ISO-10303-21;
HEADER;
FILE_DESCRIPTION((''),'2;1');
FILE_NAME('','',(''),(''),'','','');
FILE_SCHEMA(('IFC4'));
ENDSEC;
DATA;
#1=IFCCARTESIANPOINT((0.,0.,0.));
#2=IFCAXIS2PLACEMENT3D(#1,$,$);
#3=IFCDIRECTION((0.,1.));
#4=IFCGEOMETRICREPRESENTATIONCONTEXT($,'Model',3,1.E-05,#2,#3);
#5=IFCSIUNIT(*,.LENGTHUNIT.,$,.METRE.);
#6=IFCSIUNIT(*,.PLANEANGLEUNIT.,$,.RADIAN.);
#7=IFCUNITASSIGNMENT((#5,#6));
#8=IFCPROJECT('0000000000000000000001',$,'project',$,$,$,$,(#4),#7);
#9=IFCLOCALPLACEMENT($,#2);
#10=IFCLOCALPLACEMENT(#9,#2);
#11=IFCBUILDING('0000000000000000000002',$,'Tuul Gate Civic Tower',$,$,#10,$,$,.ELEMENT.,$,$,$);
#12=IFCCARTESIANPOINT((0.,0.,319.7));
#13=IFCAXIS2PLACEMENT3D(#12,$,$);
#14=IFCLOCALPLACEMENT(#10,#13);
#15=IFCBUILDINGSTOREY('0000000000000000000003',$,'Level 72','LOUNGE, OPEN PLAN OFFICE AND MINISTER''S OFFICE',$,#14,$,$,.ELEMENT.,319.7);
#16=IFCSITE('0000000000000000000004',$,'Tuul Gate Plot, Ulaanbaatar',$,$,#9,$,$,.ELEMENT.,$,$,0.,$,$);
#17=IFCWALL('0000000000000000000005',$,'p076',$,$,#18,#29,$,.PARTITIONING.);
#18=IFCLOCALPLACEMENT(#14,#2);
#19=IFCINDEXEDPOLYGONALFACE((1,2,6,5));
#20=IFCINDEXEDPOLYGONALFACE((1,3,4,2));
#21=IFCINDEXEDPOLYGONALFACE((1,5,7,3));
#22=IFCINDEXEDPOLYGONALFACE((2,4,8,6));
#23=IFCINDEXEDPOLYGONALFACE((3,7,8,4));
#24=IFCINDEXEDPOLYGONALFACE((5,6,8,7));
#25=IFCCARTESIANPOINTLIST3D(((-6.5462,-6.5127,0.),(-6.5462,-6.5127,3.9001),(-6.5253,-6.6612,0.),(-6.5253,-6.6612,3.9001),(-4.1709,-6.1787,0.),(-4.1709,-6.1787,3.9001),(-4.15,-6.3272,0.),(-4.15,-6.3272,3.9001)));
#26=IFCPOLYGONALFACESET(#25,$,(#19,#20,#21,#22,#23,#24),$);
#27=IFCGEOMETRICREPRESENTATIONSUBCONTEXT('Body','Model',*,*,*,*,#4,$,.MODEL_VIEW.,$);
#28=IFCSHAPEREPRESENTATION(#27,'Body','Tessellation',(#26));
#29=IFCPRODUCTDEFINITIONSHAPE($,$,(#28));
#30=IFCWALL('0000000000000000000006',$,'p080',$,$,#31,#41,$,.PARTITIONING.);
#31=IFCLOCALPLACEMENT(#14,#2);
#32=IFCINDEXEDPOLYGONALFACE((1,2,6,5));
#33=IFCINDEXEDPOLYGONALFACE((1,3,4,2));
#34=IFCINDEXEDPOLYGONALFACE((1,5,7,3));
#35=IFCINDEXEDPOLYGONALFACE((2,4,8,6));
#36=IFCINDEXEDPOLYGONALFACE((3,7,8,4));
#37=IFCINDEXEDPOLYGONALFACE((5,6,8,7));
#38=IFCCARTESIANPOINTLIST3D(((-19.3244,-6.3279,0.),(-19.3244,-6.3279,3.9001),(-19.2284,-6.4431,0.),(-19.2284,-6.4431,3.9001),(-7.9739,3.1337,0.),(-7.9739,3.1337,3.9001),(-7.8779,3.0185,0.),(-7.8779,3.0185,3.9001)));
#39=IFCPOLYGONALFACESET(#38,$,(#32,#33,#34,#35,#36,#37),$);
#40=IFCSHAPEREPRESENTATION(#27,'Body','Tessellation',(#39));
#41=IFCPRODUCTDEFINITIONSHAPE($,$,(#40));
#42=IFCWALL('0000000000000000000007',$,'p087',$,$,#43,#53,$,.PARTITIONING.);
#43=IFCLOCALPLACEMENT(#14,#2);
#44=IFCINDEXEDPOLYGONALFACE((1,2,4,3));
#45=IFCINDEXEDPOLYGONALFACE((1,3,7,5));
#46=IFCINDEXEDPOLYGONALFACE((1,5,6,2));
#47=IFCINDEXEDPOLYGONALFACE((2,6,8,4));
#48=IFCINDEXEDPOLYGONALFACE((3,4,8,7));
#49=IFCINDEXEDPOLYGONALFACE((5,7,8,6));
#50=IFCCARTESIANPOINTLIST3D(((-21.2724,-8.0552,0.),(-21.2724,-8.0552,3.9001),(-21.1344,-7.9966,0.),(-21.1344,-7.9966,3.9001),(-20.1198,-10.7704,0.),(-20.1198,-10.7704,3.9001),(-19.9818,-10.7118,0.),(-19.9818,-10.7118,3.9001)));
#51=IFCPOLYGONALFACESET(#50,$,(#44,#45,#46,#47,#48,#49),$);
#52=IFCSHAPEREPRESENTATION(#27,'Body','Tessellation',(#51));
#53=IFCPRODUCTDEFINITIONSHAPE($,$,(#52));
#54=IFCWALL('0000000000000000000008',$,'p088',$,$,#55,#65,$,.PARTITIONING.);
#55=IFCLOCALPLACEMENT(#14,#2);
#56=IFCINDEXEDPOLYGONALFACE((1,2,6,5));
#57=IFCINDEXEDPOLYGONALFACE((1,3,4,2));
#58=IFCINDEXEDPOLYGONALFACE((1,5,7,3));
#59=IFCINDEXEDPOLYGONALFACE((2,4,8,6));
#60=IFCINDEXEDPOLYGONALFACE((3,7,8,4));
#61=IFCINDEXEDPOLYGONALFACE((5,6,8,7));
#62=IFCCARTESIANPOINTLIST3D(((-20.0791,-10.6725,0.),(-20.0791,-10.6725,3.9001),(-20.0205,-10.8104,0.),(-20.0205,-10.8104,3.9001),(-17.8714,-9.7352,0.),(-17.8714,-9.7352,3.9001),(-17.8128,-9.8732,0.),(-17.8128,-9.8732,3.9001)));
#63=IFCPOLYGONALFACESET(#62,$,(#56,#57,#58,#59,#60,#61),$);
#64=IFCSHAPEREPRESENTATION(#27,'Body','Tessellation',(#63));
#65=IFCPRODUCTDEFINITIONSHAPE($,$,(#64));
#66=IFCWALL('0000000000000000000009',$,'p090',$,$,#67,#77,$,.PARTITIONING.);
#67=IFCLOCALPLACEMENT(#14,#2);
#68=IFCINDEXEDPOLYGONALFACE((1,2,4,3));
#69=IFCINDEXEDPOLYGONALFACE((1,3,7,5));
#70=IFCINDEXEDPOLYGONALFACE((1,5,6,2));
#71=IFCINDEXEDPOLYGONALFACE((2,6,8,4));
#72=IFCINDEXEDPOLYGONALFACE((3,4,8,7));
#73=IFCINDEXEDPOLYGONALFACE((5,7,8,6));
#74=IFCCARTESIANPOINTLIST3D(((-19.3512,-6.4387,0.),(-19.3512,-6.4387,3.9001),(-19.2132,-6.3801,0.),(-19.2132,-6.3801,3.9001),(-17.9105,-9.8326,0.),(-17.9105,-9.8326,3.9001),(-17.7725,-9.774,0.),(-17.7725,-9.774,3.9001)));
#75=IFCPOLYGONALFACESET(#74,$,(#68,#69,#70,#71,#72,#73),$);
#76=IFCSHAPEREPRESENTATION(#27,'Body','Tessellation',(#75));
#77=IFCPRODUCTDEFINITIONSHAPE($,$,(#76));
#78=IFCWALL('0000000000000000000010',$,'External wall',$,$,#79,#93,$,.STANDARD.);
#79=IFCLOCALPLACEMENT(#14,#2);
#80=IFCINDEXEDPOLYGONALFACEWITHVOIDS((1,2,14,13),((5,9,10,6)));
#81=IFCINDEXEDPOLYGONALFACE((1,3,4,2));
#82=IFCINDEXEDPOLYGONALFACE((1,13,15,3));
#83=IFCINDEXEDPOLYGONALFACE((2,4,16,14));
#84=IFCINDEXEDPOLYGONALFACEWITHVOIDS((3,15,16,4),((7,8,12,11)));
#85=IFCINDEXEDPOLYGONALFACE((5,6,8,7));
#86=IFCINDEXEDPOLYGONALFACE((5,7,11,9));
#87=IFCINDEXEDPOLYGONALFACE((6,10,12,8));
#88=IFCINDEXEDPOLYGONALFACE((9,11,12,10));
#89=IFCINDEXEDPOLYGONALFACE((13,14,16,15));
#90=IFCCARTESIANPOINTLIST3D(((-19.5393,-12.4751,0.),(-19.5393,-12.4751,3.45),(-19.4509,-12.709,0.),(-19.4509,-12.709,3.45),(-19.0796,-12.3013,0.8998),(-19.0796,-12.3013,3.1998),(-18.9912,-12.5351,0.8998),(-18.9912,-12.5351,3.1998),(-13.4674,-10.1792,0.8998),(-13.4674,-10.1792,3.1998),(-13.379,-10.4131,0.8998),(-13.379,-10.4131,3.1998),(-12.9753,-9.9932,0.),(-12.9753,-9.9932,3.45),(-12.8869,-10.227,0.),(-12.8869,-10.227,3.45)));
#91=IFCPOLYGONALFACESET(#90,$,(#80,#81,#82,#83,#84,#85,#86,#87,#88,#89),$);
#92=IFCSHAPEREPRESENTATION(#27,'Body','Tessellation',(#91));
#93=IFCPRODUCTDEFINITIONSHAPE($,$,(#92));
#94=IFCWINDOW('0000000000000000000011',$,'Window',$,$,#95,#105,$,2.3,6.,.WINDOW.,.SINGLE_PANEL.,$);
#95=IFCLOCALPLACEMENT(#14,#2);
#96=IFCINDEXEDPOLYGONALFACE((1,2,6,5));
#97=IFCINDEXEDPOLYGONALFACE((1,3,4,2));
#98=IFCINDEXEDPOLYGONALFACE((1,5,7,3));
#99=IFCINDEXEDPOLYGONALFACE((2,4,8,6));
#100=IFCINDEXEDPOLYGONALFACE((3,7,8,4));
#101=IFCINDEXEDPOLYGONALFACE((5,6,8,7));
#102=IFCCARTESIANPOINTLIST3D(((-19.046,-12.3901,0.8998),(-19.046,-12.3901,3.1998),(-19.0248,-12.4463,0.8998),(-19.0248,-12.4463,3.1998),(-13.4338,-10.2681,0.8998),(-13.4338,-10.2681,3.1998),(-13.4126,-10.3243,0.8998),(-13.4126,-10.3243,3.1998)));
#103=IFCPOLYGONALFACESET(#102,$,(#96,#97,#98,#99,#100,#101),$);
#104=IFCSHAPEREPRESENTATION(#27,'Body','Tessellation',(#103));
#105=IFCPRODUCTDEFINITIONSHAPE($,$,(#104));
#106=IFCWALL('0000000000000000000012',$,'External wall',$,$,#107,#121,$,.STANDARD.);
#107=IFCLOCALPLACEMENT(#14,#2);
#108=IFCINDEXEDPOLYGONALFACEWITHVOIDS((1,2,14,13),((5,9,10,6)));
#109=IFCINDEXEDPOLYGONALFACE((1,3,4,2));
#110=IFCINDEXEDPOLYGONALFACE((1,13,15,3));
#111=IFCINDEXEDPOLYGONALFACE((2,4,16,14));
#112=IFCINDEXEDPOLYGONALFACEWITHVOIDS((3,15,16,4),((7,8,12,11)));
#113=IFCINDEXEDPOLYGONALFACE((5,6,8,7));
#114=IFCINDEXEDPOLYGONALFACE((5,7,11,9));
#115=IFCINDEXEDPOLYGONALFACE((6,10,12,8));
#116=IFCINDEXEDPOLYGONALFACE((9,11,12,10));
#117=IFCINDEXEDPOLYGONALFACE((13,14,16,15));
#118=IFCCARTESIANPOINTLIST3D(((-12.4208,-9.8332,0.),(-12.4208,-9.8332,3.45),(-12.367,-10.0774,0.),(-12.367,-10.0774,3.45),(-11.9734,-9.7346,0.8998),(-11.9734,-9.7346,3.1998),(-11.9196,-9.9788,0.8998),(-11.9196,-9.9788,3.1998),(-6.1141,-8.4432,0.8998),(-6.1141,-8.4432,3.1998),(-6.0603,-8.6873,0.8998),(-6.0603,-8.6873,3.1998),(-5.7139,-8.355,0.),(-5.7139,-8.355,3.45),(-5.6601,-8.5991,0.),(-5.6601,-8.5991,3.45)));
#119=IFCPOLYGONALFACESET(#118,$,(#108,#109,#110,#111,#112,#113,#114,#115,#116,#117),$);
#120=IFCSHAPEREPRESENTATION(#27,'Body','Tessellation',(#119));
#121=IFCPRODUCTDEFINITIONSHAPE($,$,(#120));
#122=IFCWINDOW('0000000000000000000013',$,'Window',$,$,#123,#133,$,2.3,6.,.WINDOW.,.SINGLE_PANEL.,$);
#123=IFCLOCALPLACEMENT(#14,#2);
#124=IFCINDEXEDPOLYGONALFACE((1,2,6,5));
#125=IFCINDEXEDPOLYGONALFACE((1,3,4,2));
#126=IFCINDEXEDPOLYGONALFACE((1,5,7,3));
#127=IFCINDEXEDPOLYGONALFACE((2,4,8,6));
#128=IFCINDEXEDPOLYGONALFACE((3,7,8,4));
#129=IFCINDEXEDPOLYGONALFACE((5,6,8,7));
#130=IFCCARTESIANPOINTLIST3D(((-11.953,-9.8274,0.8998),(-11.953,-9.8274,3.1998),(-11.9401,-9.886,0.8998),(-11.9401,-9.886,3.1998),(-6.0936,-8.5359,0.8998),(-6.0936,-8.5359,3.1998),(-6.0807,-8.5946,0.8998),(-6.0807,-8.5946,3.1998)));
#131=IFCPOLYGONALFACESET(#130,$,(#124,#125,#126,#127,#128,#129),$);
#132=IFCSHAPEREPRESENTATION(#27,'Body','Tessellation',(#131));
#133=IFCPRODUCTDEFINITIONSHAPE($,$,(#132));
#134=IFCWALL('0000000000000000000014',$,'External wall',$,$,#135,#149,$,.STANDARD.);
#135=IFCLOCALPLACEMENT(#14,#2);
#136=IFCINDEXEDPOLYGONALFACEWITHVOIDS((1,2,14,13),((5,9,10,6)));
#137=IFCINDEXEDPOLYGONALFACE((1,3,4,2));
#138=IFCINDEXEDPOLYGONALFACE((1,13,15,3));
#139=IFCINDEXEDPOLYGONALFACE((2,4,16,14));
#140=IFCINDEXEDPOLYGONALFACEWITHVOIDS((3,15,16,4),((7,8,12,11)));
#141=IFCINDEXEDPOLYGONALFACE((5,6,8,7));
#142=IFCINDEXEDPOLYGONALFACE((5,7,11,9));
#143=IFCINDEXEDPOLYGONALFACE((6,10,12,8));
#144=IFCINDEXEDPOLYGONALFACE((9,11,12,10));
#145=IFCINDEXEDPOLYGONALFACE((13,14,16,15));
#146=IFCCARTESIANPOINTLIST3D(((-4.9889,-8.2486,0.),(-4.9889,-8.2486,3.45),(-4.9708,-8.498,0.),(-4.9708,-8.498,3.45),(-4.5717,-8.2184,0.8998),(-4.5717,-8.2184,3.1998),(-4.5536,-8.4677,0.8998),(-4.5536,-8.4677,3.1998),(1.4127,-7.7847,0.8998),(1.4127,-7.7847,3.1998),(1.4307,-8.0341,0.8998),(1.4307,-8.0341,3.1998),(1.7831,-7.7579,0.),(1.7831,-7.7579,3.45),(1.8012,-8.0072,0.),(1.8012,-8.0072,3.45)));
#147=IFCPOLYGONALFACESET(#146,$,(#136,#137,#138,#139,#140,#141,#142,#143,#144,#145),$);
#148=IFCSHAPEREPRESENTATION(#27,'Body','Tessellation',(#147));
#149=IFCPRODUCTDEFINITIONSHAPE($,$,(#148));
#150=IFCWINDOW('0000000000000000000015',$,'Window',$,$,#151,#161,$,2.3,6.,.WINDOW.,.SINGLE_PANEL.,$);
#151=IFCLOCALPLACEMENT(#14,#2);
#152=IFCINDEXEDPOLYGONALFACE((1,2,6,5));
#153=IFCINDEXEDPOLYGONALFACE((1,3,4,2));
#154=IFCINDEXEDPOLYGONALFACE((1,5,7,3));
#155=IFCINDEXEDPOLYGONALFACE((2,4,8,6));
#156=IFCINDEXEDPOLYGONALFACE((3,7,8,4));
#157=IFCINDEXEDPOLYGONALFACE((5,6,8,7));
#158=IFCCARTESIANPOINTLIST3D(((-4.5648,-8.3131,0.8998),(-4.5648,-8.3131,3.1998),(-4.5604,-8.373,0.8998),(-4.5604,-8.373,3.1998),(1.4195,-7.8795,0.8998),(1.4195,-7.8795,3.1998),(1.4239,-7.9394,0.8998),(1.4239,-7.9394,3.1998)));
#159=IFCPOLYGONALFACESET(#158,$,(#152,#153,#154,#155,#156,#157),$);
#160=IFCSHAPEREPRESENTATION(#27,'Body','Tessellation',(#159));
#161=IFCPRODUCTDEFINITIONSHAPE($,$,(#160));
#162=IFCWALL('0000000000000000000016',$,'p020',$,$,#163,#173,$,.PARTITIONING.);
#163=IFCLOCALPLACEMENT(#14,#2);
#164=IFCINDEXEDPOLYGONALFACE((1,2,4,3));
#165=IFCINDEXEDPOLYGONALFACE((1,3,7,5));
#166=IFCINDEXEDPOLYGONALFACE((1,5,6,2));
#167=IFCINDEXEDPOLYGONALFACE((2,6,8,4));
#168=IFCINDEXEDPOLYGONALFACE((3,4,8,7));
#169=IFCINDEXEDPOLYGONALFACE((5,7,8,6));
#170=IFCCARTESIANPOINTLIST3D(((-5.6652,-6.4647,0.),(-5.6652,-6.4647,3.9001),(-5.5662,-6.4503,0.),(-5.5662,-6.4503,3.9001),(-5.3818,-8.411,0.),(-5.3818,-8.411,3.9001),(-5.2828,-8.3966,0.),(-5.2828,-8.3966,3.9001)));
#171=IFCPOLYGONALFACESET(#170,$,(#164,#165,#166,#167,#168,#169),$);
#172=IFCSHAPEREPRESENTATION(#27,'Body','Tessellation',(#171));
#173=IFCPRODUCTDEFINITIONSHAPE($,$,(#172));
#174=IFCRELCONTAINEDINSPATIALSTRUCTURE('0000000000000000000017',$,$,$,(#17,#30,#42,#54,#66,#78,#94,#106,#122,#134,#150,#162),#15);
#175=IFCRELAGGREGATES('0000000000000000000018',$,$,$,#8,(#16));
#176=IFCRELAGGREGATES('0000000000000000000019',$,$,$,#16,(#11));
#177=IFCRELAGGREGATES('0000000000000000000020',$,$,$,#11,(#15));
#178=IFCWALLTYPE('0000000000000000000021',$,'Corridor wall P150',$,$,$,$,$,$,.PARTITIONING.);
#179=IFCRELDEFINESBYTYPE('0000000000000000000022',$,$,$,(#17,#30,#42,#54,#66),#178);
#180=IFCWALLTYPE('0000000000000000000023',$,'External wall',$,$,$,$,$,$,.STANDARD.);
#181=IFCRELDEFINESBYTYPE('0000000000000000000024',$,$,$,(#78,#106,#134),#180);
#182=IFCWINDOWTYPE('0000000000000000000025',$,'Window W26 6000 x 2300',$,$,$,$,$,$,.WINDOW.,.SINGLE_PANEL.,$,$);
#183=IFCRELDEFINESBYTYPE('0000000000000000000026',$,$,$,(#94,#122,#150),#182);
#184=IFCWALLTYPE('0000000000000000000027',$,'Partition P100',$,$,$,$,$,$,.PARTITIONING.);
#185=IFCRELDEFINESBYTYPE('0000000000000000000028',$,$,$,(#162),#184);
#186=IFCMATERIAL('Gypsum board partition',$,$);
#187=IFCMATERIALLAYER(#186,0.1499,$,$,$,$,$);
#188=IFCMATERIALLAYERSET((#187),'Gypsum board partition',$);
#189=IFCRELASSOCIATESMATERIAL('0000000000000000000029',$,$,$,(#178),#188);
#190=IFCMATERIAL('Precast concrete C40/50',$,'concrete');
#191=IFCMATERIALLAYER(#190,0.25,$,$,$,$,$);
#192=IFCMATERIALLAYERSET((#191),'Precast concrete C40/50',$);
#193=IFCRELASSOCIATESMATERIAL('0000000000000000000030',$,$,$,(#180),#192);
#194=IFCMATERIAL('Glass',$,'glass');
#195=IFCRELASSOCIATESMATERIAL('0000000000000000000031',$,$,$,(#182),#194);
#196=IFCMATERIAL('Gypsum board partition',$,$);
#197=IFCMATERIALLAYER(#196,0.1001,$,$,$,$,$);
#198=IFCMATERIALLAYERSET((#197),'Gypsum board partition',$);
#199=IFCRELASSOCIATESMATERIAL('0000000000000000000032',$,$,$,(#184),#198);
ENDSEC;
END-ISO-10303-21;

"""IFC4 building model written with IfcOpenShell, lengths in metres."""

from ifc_helpers import new_model, si_unit, direction, frame, frame_2d, origin, place, context, subcontext, project, spatial, rectangle, extrude, material, layer, layer_set, type_object, element, fill, save


model = new_model("IFC4")

# Units and contexts
model_context = context("Model", 3, precision=1e-05, world=origin(), true_north=direction((0.0, 1.0)))
body_context = subcontext(model_context, "Body", "Model", "MODEL_VIEW")
ifc_project = project(units=[si_unit("LENGTHUNIT", "METRE"), si_unit("PLANEANGLEUNIT", "RADIAN")], contexts=[model_context])

# Site, building, storey
site_placement = place(None, origin())
site = spatial("IfcSite", under=ifc_project, at=site_placement, Name="Tuul Gate Plot, Ulaanbaatar", CompositionType="ELEMENT", RefElevation=0.0)
building_placement = place(site_placement, origin())
building = spatial("IfcBuilding", under=site, at=building_placement, Name="Tuul Gate Civic Tower", CompositionType="ELEMENT")
storey_placement = place(building_placement, frame((0.0, 0.0, 319.7)))
storey = spatial("IfcBuildingStorey", under=building, at=storey_placement, Name="Level 72", Description="LOUNGE, OPEN PLAN OFFICE AND MINISTER'S OFFICE", CompositionType="ELEMENT", Elevation=319.7)

# Walls
ifc_material_1 = material(Name="Gypsum board partition")
ifc_layer_1 = layer(ifc_material_1, 0.1499)
ifc_layer_set_1 = layer_set([ifc_layer_1], Name="Gypsum board partition")
wall_type_1 = type_object("IfcWallType", Name="Corridor wall P150", PredefinedType="PARTITIONING", material=ifc_layer_set_1)
wall_1_placement = place(storey_placement, frame((-6.5356, -6.5869, 0.0), z_axis=(0.0, 0.0, 1.0), x_axis=(0.990259, 0.139241, 0.0)))
element("IfcWall", 1, at=wall_1_placement, inside=storey, type_object=wall_type_1, Name="p076", PredefinedType="PARTITIONING", context=body_context, shape_type="SweptSolid", body=[
    extrude(rectangle(XDim=2.3987, YDim=0.1499, at=frame_2d((1.1992, 0.0))), origin(), (0.0, 0.0, 1.0), 3.9001),
])
wall_2_placement = place(storey_placement, frame((-19.2764, -6.3855, 0.0), z_axis=(0.0, 0.0, 1.0), x_axis=(0.768126, 0.640298, 0.0)))
element("IfcWall", 2, at=wall_2_placement, inside=storey, type_object=wall_type_1, Name="p080", PredefinedType="PARTITIONING", context=body_context, shape_type="SweptSolid", body=[
    extrude(rectangle(XDim=14.7769, YDim=0.1499, at=frame_2d((7.3884, 0.0))), origin(), (0.0, 0.0, 1.0), 3.9001),
])
wall_3_placement = place(storey_placement, frame((-21.2034, -8.0259, 0.0), z_axis=(0.0, 0.0, 1.0), x_axis=(0.390731, -0.920505, 0.0)))
element("IfcWall", 3, at=wall_3_placement, inside=storey, type_object=wall_type_1, Name="p087", PredefinedType="PARTITIONING", context=body_context, shape_type="SweptSolid", body=[
    extrude(rectangle(XDim=2.9497, YDim=0.1499, at=frame_2d((1.4749, 0.0))), origin(), (0.0, 0.0, 1.0), 3.9001),
])
wall_4_placement = place(storey_placement, frame((-20.0498, -10.7415, 0.0), z_axis=(0.0, 0.0, 1.0), x_axis=(0.920487, 0.390772, 0.0)))
element("IfcWall", 4, at=wall_4_placement, inside=storey, type_object=wall_type_1, Name="p088", PredefinedType="PARTITIONING", context=body_context, shape_type="SweptSolid", body=[
    extrude(rectangle(XDim=2.3984, YDim=0.1499, at=frame_2d((1.1992, 0.0))), origin(), (0.0, 0.0, 1.0), 3.9001),
])
wall_5_placement = place(storey_placement, frame((-19.2822, -6.4094, 0.0), z_axis=(0.0, 0.0, 1.0), x_axis=(0.390752, -0.920496, 0.0)))
element("IfcWall", 5, at=wall_5_placement, inside=storey, type_object=wall_type_1, Name="p090", PredefinedType="PARTITIONING", context=body_context, shape_type="SweptSolid", body=[
    extrude(rectangle(XDim=3.687, YDim=0.1499, at=frame_2d((1.8435, 0.0))), origin(), (0.0, 0.0, 1.0), 3.9001),
])

# Walls, openings, windows
ifc_material_2 = material(Name="Precast concrete C40/50", Category="concrete")
ifc_layer_2 = layer(ifc_material_2, 0.25)
ifc_layer_set_2 = layer_set([ifc_layer_2], Name="Precast concrete C40/50")
wall_type_2 = type_object("IfcWallType", Name="External wall", PredefinedType="STANDARD", material=ifc_layer_set_2)
wall_6_placement = place(storey_placement, frame((-19.4951, -12.592, 0.0), z_axis=(0.0, 0.0, 1.0), x_axis=(0.935368, 0.353677, 0.0)))
wall_6 = element("IfcWall", 6, at=wall_6_placement, inside=storey, type_object=wall_type_2, Name="External wall", PredefinedType="STANDARD", context=body_context, shape_type="SweptSolid", body=[
    extrude(rectangle(XDim=7.0176, YDim=0.25, at=frame_2d((3.5088, 0.0))), origin(), (0.0, 0.0, 1.0), 3.45),
])
opening_1_placement = place(wall_6_placement, frame((0.4915, 0.0, 0.8999)))
opening_1 = element("IfcOpeningElement", 7, at=opening_1_placement, cuts=wall_6, PredefinedType="OPENING", context=body_context, shape_type="SweptSolid", body=[
    extrude(rectangle(XDim=6.0, YDim=2.3, at=frame_2d((3.0, 1.1499))), frame((0.0, 0.135, 0.0), z_axis=(0.0, -1.0, 0.0), x_axis=(1.0, 0.0, 0.0)), (0.0, 0.0, 1.0), 0.27),
])
ifc_material_3 = material(Name="Glass", Category="glass")
window_type = type_object("IfcWindowType", Name="Window W26 6000 x 2300", PartitioningType="SINGLE_PANEL", PredefinedType="WINDOW", material=ifc_material_3)
window_1_placement = place(opening_1_placement, origin())
window_1 = element("IfcWindow", 8, at=window_1_placement, inside=storey, type_object=window_type, Name="Window", OverallHeight=2.3, OverallWidth=6.0, PartitioningType="SINGLE_PANEL", PredefinedType="WINDOW", context=body_context, shape_type="SweptSolid", body=[
    extrude(rectangle(XDim=6.0, YDim=2.3, at=frame_2d((3.0, 1.1499))), frame((0.0, 0.03, 0.0), z_axis=(0.0, -1.0, 0.0), x_axis=(1.0, 0.0, 0.0)), (0.0, 0.0, 1.0), 0.0601),
])
fill(opening_1, window_1)
wall_7_placement = place(storey_placement, frame((-12.394, -9.9553, 0.0), z_axis=(0.0, 0.0, 1.0), x_axis=(0.976561, 0.21524, 0.0)))
wall_7 = element("IfcWall", 9, at=wall_7_placement, inside=storey, type_object=wall_type_2, Name="External wall", PredefinedType="STANDARD", context=body_context, shape_type="SweptSolid", body=[
    extrude(rectangle(XDim=6.8679, YDim=0.25, at=frame_2d((3.4341, 0.0))), origin(), (0.0, 0.0, 1.0), 3.45),
])
opening_2_placement = place(wall_7_placement, frame((0.4583, 0.0, 0.8999)))
opening_2 = element("IfcOpeningElement", 10, at=opening_2_placement, cuts=wall_7, PredefinedType="OPENING", context=body_context, shape_type="SweptSolid", body=[
    extrude(rectangle(XDim=6.0, YDim=2.3, at=frame_2d((3.0, 1.1499))), frame((0.0, 0.135, 0.0), z_axis=(0.0, -1.0, 0.0), x_axis=(1.0, 0.0, 0.0)), (0.0, 0.0, 1.0), 0.27),
])
window_2_placement = place(opening_2_placement, origin())
window_2 = element("IfcWindow", 11, at=window_2_placement, inside=storey, type_object=window_type, Name="Window", OverallHeight=2.3, OverallWidth=6.0, PartitioningType="SINGLE_PANEL", PredefinedType="WINDOW", context=body_context, shape_type="SweptSolid", body=[
    extrude(rectangle(XDim=6.0, YDim=2.3, at=frame_2d((3.0, 1.1499))), frame((0.0, 0.03, 0.0), z_axis=(0.0, -1.0, 0.0), x_axis=(1.0, 0.0, 0.0)), (0.0, 0.0, 1.0), 0.0601),
])
fill(opening_2, window_2)
wall_8_placement = place(storey_placement, frame((-4.98, -8.3733, 0.0), z_axis=(0.0, 0.0, 1.0), x_axis=(0.997385, 0.072274, 0.0)))
wall_8 = element("IfcWall", 12, at=wall_8_placement, inside=storey, type_object=wall_type_2, Name="External wall", PredefinedType="STANDARD", context=body_context, shape_type="SweptSolid", body=[
    extrude(rectangle(XDim=6.7898, YDim=0.25, at=frame_2d((3.395, 0.0))), origin(), (0.0, 0.0, 1.0), 3.45),
])
opening_3_placement = place(wall_8_placement, frame((0.4185, 0.0, 0.8999)))
opening_3 = element("IfcOpeningElement", 13, at=opening_3_placement, cuts=wall_8, PredefinedType="OPENING", context=body_context, shape_type="SweptSolid", body=[
    extrude(rectangle(XDim=6.0, YDim=2.3, at=frame_2d((3.0, 1.1499))), frame((0.0, 0.135, 0.0), z_axis=(0.0, -1.0, 0.0), x_axis=(1.0, 0.0, 0.0)), (0.0, 0.0, 1.0), 0.27),
])
window_3_placement = place(opening_3_placement, origin())
window_3 = element("IfcWindow", 14, at=window_3_placement, inside=storey, type_object=window_type, Name="Window", OverallHeight=2.3, OverallWidth=6.0, PartitioningType="SINGLE_PANEL", PredefinedType="WINDOW", context=body_context, shape_type="SweptSolid", body=[
    extrude(rectangle(XDim=6.0, YDim=2.3, at=frame_2d((3.0, 1.1499))), frame((0.0, 0.03, 0.0), z_axis=(0.0, -1.0, 0.0), x_axis=(1.0, 0.0, 0.0)), (0.0, 0.0, 1.0), 0.0601),
])
fill(opening_3, window_3)

# Wall
ifc_material_4 = material(Name="Gypsum board partition")
ifc_layer_3 = layer(ifc_material_4, 0.1001)
ifc_layer_set_3 = layer_set([ifc_layer_3], Name="Gypsum board partition")
wall_type_3 = type_object("IfcWallType", Name="Partition P100", PredefinedType="PARTITIONING", material=ifc_layer_set_3)
wall_9_placement = place(storey_placement, frame((-5.6157, -6.4575, 0.0), z_axis=(0.0, 0.0, 1.0), x_axis=(0.144114, -0.989561, 0.0)))
element("IfcWall", 15, at=wall_9_placement, inside=storey, type_object=wall_type_3, Name="p020", PredefinedType="PARTITIONING", context=body_context, shape_type="SweptSolid", body=[
    extrude(rectangle(XDim=1.9668, YDim=0.1001, at=frame_2d((0.9834, 0.0))), origin(), (0.0, 0.0, 1.0), 3.9001),
])

save(model, "model.ifc")
